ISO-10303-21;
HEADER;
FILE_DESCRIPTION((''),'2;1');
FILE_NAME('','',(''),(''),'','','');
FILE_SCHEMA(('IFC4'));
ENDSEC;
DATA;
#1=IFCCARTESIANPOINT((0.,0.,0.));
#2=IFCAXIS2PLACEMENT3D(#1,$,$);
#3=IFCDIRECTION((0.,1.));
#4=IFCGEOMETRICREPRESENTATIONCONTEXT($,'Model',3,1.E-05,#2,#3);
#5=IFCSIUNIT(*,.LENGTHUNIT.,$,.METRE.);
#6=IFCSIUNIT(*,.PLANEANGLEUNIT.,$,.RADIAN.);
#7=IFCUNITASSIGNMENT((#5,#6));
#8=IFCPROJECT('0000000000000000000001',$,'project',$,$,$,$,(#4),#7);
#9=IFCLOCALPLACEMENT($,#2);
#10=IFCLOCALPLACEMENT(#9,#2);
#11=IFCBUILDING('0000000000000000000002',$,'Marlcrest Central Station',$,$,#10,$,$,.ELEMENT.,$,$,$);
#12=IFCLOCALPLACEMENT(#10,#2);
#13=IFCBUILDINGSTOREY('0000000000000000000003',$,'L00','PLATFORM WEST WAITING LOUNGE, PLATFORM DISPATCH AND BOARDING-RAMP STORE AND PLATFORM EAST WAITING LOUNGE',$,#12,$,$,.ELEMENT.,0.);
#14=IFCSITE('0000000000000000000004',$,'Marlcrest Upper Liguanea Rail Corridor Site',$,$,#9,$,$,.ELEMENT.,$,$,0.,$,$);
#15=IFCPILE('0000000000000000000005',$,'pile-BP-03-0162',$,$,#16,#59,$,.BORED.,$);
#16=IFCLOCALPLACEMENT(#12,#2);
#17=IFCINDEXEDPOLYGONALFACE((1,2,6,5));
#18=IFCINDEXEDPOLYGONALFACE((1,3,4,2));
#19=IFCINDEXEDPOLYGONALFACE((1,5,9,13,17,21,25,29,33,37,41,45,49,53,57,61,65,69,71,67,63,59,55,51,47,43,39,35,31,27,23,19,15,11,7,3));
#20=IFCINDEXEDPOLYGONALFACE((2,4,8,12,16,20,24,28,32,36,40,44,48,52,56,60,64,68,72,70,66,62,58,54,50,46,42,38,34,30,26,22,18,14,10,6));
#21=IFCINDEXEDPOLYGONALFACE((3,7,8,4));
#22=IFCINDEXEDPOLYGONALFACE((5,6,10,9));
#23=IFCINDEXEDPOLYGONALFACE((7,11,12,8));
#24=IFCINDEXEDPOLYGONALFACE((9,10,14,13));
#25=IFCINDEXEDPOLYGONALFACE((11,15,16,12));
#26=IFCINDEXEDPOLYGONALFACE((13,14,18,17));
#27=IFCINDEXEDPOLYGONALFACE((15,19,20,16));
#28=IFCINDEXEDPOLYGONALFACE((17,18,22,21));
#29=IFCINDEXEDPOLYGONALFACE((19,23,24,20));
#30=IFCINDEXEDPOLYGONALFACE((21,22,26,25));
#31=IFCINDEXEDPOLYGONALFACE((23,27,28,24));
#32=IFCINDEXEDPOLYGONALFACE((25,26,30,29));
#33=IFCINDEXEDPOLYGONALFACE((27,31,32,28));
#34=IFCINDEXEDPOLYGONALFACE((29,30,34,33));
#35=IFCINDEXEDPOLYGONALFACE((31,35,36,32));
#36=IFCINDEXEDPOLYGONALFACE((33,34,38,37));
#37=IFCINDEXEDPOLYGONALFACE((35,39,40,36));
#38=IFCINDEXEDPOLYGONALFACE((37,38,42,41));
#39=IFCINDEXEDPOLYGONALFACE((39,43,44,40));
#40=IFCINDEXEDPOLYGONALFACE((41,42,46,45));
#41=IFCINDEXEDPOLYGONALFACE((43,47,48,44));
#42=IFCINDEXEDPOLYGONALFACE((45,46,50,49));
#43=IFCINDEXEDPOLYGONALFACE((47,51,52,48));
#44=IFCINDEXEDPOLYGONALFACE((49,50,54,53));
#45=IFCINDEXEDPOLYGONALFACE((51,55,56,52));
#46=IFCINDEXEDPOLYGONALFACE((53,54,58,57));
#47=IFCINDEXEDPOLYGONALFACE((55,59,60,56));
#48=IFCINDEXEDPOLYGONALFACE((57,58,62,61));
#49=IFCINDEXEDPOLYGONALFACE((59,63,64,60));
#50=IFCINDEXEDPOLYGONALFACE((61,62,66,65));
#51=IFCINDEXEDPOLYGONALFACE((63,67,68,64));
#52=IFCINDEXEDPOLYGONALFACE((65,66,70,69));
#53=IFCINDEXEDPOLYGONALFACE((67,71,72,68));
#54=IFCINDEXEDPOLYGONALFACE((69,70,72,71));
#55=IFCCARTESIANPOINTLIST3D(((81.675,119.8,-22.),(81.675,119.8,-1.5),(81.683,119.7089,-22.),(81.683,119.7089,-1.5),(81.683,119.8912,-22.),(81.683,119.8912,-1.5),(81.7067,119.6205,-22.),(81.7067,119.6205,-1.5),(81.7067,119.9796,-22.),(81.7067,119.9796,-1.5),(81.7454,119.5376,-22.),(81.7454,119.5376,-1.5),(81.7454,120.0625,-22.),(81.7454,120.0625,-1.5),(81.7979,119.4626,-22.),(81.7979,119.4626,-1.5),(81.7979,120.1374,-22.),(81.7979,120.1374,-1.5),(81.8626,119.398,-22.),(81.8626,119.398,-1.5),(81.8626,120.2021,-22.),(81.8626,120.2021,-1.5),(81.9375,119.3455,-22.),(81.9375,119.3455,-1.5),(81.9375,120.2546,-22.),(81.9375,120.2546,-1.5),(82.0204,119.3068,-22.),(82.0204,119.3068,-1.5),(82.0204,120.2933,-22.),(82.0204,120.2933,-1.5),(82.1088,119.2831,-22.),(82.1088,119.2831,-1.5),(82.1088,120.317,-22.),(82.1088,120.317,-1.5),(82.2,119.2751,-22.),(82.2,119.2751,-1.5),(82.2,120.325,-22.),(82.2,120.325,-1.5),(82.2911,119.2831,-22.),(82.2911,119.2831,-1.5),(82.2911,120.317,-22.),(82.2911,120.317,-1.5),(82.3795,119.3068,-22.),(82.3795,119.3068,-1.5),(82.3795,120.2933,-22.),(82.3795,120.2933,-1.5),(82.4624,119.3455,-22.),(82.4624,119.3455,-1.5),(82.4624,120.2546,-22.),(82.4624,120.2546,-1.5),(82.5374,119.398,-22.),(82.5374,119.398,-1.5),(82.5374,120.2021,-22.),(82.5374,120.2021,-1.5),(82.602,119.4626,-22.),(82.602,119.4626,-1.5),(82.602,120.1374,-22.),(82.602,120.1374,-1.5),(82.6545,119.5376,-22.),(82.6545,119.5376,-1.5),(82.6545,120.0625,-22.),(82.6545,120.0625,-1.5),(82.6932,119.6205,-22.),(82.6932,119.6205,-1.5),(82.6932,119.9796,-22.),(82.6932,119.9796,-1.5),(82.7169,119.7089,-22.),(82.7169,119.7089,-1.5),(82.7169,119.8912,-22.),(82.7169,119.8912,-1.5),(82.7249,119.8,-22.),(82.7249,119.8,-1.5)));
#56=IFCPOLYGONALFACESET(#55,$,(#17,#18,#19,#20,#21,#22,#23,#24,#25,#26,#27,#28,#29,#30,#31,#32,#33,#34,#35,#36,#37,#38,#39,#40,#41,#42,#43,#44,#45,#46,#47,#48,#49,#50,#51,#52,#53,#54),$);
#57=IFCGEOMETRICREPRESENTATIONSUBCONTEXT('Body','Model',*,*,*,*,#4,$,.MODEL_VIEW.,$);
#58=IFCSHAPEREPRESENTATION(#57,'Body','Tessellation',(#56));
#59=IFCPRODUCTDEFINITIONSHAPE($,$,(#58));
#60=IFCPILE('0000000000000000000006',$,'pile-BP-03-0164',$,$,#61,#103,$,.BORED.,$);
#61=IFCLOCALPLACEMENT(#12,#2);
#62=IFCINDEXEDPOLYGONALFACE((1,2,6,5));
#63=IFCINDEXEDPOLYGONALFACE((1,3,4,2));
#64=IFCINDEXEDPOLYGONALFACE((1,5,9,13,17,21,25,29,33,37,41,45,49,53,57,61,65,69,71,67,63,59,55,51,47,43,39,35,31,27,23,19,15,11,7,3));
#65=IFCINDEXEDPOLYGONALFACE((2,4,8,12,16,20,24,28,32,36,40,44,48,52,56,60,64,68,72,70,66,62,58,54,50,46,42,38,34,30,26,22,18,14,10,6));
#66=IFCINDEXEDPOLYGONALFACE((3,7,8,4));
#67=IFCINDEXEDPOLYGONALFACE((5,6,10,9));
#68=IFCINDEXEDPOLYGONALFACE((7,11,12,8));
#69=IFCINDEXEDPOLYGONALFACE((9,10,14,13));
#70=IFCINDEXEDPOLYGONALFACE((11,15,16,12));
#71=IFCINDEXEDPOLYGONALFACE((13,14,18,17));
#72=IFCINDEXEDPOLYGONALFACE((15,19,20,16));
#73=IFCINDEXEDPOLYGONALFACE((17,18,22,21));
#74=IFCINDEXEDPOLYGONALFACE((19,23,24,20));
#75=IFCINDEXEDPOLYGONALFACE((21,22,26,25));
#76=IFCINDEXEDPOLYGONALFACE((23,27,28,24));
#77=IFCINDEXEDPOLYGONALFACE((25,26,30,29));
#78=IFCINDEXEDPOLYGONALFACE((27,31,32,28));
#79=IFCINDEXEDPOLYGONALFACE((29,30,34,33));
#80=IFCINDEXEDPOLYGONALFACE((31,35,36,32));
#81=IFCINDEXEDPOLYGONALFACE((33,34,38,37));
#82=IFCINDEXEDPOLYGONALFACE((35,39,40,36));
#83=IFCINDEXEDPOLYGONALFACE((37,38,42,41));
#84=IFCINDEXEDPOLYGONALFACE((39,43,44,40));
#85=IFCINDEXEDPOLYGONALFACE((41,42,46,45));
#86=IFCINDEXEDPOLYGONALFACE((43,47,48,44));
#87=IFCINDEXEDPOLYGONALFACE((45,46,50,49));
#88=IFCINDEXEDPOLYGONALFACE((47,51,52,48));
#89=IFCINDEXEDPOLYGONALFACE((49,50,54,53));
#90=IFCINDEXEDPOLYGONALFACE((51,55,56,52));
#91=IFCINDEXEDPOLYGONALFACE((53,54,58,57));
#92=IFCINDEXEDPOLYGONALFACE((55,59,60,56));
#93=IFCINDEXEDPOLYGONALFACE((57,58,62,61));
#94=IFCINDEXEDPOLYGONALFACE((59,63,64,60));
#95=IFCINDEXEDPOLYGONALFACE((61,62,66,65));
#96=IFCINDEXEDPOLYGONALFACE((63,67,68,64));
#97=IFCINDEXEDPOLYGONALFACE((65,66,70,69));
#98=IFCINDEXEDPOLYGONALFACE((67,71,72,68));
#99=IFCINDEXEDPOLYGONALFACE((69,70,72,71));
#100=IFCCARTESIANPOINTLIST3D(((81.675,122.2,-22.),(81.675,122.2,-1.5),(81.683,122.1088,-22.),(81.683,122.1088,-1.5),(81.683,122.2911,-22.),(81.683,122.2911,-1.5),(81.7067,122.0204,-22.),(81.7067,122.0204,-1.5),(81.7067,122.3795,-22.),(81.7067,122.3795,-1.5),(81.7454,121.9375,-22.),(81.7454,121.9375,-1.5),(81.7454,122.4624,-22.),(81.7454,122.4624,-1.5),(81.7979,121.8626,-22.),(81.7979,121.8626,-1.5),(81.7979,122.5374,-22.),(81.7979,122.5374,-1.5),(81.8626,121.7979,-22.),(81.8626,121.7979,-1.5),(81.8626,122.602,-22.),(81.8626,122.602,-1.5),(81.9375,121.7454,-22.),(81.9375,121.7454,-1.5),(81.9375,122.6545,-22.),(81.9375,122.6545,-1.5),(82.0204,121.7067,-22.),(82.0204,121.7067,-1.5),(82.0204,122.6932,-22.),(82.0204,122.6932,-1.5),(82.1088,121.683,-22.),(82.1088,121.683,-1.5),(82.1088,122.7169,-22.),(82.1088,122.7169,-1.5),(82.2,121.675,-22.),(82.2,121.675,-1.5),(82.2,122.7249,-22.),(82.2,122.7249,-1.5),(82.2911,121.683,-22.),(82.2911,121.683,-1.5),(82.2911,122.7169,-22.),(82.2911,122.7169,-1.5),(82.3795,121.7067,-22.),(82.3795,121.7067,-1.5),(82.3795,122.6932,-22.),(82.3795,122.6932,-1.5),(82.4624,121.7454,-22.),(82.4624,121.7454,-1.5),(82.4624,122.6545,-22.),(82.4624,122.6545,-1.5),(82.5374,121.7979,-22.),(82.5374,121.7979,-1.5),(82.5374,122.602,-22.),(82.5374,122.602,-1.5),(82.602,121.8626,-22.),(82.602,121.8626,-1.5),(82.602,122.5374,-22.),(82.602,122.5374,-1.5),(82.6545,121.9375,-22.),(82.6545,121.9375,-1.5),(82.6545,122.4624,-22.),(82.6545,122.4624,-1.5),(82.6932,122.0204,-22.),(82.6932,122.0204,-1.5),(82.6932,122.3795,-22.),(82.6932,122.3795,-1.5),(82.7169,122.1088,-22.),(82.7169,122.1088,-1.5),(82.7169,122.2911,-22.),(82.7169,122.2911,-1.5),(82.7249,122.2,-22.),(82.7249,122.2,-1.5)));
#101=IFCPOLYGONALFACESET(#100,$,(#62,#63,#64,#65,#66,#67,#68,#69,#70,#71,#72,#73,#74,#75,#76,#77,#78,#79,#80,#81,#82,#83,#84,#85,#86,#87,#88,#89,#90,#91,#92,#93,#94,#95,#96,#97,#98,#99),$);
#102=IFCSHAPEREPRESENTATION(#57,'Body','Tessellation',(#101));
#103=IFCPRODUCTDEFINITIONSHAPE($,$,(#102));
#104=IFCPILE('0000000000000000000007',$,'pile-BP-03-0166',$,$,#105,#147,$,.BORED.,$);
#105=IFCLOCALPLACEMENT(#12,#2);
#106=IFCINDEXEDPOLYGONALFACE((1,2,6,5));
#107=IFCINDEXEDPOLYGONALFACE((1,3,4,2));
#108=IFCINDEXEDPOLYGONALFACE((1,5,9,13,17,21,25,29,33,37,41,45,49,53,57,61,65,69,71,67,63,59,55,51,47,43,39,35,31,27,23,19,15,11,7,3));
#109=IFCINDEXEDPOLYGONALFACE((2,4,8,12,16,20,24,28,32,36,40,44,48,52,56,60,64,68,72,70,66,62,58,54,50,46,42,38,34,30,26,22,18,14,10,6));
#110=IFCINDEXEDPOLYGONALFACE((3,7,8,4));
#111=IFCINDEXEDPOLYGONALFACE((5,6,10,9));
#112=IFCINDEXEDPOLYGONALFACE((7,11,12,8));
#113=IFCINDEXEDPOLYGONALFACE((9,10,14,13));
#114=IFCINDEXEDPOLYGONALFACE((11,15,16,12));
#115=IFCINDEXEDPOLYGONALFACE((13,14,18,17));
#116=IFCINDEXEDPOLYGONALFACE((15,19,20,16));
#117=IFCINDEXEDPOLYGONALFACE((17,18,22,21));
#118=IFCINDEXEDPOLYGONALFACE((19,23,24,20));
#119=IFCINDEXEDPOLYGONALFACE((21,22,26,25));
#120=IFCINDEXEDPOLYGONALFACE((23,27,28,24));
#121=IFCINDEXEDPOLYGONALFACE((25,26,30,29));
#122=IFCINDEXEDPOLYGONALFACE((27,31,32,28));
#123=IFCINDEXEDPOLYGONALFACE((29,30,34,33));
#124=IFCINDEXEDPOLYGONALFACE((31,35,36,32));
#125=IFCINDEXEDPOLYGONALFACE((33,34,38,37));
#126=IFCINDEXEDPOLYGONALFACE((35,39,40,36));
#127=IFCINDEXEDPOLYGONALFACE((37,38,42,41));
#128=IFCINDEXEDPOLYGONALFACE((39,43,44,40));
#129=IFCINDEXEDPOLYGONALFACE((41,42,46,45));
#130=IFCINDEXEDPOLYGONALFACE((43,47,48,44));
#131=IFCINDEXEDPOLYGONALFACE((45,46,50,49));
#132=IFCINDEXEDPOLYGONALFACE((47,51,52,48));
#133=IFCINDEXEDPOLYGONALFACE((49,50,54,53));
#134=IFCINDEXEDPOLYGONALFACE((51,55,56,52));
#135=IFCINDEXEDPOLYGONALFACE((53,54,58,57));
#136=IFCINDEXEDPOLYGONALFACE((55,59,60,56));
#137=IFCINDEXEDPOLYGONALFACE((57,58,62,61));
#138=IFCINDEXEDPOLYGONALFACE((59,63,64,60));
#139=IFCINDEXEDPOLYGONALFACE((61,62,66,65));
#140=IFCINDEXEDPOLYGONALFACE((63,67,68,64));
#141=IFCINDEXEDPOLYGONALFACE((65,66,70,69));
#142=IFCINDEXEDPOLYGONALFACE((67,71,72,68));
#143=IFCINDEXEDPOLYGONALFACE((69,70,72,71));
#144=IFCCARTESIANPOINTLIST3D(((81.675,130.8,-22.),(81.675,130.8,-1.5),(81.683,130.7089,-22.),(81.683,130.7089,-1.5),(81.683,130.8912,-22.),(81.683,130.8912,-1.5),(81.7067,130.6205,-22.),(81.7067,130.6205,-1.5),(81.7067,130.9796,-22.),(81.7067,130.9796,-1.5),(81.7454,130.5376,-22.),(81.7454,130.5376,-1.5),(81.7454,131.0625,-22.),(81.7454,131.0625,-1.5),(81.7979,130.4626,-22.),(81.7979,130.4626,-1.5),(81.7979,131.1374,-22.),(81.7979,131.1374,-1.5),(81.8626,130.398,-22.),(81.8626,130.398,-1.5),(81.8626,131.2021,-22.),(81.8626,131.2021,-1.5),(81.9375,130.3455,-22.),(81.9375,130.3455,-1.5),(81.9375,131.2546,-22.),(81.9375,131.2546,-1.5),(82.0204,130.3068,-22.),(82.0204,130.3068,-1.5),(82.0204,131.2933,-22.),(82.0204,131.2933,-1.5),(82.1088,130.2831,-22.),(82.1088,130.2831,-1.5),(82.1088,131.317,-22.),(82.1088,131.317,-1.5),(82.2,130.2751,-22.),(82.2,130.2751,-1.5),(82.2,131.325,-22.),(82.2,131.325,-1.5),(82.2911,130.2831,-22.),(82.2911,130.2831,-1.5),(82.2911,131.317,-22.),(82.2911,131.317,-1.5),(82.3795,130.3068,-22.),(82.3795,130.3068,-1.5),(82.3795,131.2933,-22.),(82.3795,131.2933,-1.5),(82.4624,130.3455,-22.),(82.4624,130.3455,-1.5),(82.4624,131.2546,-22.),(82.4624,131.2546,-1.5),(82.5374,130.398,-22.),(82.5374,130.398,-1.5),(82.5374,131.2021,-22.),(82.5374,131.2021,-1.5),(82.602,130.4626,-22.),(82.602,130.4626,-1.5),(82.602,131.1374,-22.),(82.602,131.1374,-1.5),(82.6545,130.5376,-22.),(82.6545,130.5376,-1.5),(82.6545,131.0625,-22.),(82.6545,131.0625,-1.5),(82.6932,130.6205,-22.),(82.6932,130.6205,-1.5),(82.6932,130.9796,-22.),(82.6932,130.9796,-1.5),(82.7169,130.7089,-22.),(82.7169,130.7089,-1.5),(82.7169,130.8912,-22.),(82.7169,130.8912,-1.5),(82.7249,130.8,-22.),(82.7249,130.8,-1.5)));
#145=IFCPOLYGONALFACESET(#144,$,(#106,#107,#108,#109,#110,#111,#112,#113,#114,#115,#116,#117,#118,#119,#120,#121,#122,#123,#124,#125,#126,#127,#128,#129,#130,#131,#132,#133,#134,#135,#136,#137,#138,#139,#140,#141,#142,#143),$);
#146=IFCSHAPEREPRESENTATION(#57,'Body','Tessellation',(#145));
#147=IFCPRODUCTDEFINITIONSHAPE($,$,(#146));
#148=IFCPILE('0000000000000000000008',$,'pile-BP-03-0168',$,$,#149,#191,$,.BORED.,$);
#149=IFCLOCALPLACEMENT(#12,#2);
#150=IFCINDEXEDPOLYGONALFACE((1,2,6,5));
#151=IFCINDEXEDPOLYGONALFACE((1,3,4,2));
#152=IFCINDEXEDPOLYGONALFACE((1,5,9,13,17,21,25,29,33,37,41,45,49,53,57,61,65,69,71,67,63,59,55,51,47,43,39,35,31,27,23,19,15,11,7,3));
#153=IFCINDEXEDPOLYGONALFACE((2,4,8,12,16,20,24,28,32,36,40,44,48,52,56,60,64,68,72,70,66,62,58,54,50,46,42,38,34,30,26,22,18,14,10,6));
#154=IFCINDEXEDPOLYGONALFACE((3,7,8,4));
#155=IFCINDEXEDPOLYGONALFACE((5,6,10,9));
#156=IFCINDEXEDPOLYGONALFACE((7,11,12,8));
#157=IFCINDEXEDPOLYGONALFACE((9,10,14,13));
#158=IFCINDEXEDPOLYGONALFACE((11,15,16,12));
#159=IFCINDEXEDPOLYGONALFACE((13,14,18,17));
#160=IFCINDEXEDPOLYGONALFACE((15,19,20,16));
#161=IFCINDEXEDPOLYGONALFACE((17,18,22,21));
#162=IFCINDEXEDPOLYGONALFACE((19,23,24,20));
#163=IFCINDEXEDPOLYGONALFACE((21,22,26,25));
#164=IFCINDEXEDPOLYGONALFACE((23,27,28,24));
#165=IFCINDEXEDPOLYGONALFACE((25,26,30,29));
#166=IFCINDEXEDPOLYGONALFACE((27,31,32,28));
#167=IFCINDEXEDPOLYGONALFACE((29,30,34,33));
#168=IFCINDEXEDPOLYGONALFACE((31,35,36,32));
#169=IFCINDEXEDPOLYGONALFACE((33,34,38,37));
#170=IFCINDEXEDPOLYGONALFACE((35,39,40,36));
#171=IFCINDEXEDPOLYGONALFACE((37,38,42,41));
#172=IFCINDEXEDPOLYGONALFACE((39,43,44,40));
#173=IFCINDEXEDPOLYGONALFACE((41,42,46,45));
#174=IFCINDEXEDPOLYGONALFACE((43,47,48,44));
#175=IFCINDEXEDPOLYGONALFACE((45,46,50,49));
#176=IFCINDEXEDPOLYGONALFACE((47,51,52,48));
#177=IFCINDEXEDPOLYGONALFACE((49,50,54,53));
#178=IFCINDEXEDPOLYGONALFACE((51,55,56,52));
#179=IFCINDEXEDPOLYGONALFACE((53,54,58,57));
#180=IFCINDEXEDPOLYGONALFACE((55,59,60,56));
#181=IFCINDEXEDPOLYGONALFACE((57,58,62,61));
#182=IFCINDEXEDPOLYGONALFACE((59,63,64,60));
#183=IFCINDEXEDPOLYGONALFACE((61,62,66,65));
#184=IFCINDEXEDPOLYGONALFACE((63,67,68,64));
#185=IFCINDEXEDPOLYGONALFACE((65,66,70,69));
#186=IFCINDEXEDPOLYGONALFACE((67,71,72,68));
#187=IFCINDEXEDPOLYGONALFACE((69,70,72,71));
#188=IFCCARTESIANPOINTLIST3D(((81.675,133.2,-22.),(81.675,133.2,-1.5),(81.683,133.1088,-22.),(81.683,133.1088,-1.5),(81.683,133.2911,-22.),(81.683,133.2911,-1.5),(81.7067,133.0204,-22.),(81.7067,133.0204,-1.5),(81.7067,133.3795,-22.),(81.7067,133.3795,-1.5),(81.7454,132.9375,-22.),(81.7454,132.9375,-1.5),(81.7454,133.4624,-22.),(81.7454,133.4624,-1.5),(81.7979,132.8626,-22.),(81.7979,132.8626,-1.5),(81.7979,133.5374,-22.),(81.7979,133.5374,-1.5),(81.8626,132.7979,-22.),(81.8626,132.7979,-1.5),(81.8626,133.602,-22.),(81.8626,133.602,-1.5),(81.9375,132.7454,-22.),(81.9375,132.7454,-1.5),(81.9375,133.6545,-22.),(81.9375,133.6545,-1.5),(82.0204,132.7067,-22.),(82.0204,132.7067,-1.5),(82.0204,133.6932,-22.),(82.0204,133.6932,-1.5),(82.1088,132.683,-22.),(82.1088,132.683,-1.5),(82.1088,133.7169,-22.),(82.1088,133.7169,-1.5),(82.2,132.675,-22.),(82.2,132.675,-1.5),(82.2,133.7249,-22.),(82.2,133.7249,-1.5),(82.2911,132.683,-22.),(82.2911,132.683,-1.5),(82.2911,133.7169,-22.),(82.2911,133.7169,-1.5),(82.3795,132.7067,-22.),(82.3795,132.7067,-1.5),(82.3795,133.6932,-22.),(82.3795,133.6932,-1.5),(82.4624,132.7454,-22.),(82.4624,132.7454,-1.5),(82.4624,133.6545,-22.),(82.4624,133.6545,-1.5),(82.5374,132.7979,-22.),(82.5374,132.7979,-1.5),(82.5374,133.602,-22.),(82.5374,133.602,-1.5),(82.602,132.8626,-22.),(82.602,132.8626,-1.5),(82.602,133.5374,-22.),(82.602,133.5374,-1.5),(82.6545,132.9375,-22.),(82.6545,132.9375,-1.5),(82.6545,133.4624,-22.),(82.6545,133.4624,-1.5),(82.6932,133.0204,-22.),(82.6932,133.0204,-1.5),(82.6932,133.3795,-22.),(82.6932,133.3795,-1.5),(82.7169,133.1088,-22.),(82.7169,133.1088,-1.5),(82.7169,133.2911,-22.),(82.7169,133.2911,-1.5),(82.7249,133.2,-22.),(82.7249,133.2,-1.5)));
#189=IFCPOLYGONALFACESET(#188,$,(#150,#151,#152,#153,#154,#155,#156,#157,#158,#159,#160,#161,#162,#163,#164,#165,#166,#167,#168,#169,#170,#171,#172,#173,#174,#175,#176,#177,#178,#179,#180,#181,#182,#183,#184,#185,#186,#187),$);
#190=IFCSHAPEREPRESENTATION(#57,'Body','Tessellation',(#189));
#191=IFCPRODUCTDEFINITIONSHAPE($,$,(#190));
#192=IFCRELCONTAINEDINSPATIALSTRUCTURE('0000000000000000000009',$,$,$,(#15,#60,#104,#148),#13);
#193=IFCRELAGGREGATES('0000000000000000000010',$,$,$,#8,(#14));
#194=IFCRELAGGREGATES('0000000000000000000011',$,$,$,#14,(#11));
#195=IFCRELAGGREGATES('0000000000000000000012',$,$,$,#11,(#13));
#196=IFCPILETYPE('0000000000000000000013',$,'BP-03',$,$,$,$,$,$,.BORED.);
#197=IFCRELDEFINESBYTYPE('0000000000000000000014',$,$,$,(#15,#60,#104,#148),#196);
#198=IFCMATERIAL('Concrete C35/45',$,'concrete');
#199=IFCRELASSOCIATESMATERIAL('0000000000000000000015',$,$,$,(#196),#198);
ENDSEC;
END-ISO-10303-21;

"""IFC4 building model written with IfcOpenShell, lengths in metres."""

from ifc_helpers import new_model, si_unit, direction, frame, origin, origin_2d, place, context, subcontext, project, spatial, circle, extrude, material, material_profile, profile_set, type_object, element, save


model = new_model("IFC4")

# Units and contexts
model_context = context("Model", 3, precision=1e-05, world=origin(), true_north=direction((0.0, 1.0)))
body_context = subcontext(model_context, "Body", "Model", "MODEL_VIEW")
ifc_project = project(units=[si_unit("LENGTHUNIT", "METRE"), si_unit("PLANEANGLEUNIT", "RADIAN")], contexts=[model_context])

# Site, building, storey
site_placement = place(None, origin())
site = spatial("IfcSite", under=ifc_project, at=site_placement, Name="Marlcrest Upper Liguanea Rail Corridor Site", CompositionType="ELEMENT", RefElevation=0.0)
building_placement = place(site_placement, origin())
building = spatial("IfcBuilding", under=site, at=building_placement, Name="Marlcrest Central Station", CompositionType="ELEMENT")
storey_placement = place(building_placement, origin())
storey = spatial("IfcBuildingStorey", under=building, at=storey_placement, Name="L00", Description="PLATFORM WEST WAITING LOUNGE, PLATFORM DISPATCH AND BOARDING-RAMP STORE AND PLATFORM EAST WAITING LOUNGE", CompositionType="ELEMENT", Elevation=0.0)

# Piles
ifc_material_1 = material(Name="Concrete C35/45", Category="concrete")
ifc_material_profile_1 = material_profile(ifc_material_1, circle(Radius=0.5249, at=origin_2d()), Name="PILE D1050")
ifc_profile_set_1 = profile_set([ifc_material_profile_1], Name="Concrete C35/45")
pile_type = type_object("IfcPileType", Name="BP-03", PredefinedType="BORED", material=ifc_profile_set_1)
for number, where, z_axis, x_axis, name in (
    (1, (82.2, 119.8, -1.5), (0.0, 0.0, -1.0), (1.0, 0.0, 0.0), "pile-BP-03-0162"),
    (2, (82.2, 122.2, -1.5), (0.0, 0.0, -1.0), (1.0, 0.0, 0.0), "pile-BP-03-0164"),
    (3, (82.2, 130.8, -1.5), (0.0, 0.0, -1.0), (1.0, 0.0, 0.0), "pile-BP-03-0166"),
    (4, (82.2, 133.2, -1.5), (0.0, 0.0, -1.0), (1.0, 0.0, 0.0), "pile-BP-03-0168"),
):
    element("IfcPile", number, at=place(storey_placement, frame(where, z_axis=z_axis, x_axis=x_axis)), inside=storey, type_object=pile_type, Name=name, PredefinedType="BORED", context=body_context, shape_type="SweptSolid", body=[
        extrude(circle(Radius=0.5249, at=origin_2d()), origin(), (0.0, 0.0, 1.0), 20.5),
    ])

save(model, "model.ifc")
